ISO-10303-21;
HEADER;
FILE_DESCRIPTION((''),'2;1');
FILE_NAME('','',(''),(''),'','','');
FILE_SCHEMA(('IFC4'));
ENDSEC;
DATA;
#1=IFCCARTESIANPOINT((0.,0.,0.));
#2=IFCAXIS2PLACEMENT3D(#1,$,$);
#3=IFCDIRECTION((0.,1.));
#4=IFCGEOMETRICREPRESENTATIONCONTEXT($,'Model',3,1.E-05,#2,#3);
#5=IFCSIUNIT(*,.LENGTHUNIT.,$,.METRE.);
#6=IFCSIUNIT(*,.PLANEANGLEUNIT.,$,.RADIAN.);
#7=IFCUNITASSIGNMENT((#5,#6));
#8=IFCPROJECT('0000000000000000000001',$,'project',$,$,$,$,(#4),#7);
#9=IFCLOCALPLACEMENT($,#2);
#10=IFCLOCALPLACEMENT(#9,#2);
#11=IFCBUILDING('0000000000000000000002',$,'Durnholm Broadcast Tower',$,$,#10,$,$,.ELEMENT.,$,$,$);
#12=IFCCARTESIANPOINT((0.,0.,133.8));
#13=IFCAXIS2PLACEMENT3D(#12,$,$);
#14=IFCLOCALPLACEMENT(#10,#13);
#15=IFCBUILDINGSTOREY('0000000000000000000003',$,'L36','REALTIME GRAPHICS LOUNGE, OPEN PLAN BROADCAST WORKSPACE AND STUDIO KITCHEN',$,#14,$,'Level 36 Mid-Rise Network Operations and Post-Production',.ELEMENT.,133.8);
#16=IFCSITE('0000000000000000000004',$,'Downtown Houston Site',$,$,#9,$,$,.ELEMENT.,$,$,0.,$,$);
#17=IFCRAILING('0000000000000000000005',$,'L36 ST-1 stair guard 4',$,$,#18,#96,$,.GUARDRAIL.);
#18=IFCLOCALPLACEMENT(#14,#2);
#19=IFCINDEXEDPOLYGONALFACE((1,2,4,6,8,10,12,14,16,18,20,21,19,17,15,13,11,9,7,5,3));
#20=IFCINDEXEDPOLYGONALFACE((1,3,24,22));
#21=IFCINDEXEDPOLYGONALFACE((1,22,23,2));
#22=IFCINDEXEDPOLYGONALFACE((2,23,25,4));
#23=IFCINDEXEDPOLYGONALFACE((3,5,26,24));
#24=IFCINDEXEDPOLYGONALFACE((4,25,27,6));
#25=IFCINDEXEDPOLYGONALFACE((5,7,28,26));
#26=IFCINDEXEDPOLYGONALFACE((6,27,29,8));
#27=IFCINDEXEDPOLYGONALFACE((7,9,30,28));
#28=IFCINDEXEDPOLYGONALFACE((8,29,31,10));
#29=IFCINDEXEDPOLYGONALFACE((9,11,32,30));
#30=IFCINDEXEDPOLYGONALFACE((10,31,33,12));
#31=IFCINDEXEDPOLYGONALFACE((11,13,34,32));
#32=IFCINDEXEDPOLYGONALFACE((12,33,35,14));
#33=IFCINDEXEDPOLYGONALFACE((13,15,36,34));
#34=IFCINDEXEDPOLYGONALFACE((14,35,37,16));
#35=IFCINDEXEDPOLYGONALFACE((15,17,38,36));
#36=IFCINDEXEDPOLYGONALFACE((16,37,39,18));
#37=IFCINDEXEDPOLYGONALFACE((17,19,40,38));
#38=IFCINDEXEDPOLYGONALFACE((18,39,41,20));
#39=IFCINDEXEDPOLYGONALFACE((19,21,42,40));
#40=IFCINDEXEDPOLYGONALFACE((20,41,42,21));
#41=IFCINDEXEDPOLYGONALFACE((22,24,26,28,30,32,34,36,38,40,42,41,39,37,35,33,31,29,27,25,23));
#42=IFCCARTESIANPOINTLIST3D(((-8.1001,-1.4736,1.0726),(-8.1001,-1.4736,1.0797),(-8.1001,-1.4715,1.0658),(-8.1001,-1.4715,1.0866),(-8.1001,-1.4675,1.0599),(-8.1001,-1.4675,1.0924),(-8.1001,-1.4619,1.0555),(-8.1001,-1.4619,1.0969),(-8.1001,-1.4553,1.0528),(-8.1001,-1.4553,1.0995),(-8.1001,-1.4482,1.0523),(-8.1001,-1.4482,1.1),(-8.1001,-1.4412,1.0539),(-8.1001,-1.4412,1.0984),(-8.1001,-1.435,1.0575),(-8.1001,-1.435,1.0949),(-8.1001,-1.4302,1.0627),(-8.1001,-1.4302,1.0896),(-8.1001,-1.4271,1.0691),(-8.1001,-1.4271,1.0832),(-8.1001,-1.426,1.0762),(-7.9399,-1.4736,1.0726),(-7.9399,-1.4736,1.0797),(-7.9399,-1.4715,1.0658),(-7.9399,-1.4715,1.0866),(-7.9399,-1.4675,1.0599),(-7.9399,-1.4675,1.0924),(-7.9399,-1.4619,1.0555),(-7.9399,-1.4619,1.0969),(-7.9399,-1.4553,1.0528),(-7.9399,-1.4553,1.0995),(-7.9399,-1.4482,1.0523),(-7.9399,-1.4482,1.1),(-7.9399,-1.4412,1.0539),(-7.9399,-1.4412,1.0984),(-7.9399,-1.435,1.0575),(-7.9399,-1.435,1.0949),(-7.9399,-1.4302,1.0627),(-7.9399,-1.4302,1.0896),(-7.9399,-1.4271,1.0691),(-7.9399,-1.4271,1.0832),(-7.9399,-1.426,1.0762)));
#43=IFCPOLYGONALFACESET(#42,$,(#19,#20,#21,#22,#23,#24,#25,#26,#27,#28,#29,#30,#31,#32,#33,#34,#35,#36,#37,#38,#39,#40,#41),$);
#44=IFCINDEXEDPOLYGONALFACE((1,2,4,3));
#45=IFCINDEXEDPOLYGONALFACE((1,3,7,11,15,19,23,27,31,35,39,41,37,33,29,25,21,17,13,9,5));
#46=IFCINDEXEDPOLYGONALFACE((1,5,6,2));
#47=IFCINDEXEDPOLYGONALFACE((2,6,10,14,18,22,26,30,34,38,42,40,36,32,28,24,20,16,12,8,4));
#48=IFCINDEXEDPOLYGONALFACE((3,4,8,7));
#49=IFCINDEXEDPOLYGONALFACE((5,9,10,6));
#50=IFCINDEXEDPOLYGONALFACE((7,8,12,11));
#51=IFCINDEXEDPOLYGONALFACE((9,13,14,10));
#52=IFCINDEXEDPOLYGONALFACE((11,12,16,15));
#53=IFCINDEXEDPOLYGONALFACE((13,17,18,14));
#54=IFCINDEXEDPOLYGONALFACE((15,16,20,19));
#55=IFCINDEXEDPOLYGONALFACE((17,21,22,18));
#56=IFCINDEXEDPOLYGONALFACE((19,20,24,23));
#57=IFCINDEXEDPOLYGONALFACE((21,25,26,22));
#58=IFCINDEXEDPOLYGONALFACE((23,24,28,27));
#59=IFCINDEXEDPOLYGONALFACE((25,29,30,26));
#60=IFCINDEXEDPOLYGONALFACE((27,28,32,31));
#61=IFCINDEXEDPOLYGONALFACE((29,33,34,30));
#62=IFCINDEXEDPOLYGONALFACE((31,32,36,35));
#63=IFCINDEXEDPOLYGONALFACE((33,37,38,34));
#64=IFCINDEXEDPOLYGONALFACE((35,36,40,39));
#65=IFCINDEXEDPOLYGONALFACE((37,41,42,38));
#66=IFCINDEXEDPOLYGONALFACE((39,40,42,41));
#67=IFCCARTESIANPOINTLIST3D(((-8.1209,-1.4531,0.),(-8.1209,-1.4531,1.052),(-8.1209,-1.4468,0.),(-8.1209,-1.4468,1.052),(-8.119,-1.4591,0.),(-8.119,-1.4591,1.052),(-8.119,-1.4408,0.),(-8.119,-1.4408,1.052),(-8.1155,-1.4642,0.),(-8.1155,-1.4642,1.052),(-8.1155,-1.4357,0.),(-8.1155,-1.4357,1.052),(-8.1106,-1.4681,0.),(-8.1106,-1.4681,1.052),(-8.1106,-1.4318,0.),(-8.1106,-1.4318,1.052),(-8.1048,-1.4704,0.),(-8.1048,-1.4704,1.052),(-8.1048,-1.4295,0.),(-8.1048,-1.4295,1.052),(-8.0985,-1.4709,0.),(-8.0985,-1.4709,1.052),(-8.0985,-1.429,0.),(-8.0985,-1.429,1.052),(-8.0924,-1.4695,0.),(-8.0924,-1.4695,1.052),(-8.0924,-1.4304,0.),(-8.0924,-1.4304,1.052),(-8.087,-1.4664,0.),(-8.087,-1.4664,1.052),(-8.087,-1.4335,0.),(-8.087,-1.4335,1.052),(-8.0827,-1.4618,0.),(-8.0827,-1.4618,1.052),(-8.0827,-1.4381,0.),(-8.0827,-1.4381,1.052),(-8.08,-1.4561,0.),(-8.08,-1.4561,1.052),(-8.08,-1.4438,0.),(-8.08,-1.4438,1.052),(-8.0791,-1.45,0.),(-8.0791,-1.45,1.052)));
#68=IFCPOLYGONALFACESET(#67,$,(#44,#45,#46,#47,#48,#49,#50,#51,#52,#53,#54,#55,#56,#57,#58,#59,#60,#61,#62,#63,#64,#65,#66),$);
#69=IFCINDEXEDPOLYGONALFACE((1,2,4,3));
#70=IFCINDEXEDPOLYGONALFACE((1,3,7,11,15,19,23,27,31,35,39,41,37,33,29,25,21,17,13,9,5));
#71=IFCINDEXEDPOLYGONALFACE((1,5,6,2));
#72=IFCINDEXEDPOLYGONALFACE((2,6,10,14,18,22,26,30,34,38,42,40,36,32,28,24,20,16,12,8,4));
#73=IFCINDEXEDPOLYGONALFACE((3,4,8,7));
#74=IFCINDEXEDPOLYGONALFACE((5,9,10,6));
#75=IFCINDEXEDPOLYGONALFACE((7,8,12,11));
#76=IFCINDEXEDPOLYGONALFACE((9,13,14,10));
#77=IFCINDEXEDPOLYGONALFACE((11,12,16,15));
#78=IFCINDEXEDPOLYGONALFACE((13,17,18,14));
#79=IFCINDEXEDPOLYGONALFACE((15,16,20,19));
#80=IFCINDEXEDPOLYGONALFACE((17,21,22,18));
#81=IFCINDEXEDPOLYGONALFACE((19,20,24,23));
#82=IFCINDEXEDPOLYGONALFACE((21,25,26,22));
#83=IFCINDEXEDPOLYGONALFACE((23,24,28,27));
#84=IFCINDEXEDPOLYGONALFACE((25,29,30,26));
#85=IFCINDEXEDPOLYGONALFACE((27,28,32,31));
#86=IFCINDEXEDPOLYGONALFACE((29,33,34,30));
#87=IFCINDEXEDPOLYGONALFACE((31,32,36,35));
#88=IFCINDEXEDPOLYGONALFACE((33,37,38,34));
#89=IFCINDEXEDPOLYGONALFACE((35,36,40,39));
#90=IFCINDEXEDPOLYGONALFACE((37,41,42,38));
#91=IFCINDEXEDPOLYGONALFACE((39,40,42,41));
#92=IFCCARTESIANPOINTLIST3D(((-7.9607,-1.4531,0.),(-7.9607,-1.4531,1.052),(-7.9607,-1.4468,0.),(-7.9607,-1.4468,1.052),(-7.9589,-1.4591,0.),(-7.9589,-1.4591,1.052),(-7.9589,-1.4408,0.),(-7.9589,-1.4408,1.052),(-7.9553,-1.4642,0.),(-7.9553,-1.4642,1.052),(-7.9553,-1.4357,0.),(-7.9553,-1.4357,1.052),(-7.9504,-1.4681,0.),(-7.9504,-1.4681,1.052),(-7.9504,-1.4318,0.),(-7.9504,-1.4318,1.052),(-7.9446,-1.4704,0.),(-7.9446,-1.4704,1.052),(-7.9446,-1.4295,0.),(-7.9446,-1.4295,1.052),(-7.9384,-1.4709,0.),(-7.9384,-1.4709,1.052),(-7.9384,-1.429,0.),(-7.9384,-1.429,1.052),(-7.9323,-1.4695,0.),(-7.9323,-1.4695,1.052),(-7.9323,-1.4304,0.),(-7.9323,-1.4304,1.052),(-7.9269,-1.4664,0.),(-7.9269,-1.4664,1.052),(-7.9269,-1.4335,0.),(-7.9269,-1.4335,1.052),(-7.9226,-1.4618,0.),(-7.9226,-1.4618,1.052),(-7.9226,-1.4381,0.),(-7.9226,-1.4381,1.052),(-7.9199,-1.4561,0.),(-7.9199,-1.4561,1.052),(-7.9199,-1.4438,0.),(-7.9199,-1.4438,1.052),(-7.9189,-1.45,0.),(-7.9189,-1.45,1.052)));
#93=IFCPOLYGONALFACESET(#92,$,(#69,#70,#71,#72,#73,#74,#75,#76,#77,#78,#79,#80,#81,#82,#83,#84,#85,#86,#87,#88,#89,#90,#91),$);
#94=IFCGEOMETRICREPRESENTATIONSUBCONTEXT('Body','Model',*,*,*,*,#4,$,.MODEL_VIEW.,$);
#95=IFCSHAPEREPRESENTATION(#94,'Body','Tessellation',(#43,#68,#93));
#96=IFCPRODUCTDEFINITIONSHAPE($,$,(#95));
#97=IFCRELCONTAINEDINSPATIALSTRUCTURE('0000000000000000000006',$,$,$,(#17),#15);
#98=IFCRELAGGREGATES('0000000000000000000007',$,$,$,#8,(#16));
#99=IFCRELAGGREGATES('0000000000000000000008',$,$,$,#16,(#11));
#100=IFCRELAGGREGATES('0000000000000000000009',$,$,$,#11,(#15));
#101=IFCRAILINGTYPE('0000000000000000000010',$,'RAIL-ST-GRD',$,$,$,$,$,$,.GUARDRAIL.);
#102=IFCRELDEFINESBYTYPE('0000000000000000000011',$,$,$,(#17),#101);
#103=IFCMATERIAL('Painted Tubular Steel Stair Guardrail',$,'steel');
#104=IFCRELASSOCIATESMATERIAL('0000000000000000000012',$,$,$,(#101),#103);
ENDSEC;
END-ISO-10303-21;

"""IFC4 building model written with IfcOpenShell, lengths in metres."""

from ifc_helpers import new_model, si_unit, direction, frame, origin, origin_2d, place, context, subcontext, project, spatial, circle, extrude, material, type_object, element, save


model = new_model("IFC4")

# Units and contexts
model_context = context("Model", 3, precision=1e-05, world=origin(), true_north=direction((0.0, 1.0)))
body_context = subcontext(model_context, "Body", "Model", "MODEL_VIEW")
ifc_project = project(units=[si_unit("LENGTHUNIT", "METRE"), si_unit("PLANEANGLEUNIT", "RADIAN")], contexts=[model_context])

# Site, building, storey
site_placement = place(None, origin())
site = spatial("IfcSite", under=ifc_project, at=site_placement, Name="Downtown Houston Site", CompositionType="ELEMENT", RefElevation=0.0)
building_placement = place(site_placement, origin())
building = spatial("IfcBuilding", under=site, at=building_placement, Name="Durnholm Broadcast Tower", CompositionType="ELEMENT")
storey_placement = place(building_placement, frame((0.0, 0.0, 133.8)))
storey = spatial("IfcBuildingStorey", under=building, at=storey_placement, Name="L36", Description="REALTIME GRAPHICS LOUNGE, OPEN PLAN BROADCAST WORKSPACE AND STUDIO KITCHEN", LongName="Level 36 Mid-Rise Network Operations and Post-Production", CompositionType="ELEMENT", Elevation=133.8)

# Railing
ifc_material_1 = material(Name="Painted Tubular Steel Stair Guardrail", Category="steel")
railing_type_1 = type_object("IfcRailingType", Name="RAIL-ST-GRD", PredefinedType="GUARDRAIL", material=ifc_material_1)
railing_1_placement = place(storey_placement, frame((-8.1001, -1.45, 0.0)))
element("IfcRailing", 1, at=railing_1_placement, inside=storey, type_object=railing_type_1, Name="L36 ST-1 stair guard 4", PredefinedType="GUARDRAIL", context=body_context, shape_type="SweptSolid", body=[
    extrude(circle(Radius=0.0239, at=origin_2d()), frame((0.0, 0.0, 1.0762), z_axis=(1.0, 0.0, 0.0), x_axis=(0.0, 1.0, 0.0)), (0.0, 0.0, 1.0), 0.1602),
    extrude(circle(Radius=0.021, at=origin_2d()), origin(), (0.0, 0.0, 1.0), 1.052),
    extrude(circle(Radius=0.021, at=origin_2d()), frame((0.1602, 0.0, 0.0)), (0.0, 0.0, 1.0), 1.052),
])

save(model, "model.ifc")
